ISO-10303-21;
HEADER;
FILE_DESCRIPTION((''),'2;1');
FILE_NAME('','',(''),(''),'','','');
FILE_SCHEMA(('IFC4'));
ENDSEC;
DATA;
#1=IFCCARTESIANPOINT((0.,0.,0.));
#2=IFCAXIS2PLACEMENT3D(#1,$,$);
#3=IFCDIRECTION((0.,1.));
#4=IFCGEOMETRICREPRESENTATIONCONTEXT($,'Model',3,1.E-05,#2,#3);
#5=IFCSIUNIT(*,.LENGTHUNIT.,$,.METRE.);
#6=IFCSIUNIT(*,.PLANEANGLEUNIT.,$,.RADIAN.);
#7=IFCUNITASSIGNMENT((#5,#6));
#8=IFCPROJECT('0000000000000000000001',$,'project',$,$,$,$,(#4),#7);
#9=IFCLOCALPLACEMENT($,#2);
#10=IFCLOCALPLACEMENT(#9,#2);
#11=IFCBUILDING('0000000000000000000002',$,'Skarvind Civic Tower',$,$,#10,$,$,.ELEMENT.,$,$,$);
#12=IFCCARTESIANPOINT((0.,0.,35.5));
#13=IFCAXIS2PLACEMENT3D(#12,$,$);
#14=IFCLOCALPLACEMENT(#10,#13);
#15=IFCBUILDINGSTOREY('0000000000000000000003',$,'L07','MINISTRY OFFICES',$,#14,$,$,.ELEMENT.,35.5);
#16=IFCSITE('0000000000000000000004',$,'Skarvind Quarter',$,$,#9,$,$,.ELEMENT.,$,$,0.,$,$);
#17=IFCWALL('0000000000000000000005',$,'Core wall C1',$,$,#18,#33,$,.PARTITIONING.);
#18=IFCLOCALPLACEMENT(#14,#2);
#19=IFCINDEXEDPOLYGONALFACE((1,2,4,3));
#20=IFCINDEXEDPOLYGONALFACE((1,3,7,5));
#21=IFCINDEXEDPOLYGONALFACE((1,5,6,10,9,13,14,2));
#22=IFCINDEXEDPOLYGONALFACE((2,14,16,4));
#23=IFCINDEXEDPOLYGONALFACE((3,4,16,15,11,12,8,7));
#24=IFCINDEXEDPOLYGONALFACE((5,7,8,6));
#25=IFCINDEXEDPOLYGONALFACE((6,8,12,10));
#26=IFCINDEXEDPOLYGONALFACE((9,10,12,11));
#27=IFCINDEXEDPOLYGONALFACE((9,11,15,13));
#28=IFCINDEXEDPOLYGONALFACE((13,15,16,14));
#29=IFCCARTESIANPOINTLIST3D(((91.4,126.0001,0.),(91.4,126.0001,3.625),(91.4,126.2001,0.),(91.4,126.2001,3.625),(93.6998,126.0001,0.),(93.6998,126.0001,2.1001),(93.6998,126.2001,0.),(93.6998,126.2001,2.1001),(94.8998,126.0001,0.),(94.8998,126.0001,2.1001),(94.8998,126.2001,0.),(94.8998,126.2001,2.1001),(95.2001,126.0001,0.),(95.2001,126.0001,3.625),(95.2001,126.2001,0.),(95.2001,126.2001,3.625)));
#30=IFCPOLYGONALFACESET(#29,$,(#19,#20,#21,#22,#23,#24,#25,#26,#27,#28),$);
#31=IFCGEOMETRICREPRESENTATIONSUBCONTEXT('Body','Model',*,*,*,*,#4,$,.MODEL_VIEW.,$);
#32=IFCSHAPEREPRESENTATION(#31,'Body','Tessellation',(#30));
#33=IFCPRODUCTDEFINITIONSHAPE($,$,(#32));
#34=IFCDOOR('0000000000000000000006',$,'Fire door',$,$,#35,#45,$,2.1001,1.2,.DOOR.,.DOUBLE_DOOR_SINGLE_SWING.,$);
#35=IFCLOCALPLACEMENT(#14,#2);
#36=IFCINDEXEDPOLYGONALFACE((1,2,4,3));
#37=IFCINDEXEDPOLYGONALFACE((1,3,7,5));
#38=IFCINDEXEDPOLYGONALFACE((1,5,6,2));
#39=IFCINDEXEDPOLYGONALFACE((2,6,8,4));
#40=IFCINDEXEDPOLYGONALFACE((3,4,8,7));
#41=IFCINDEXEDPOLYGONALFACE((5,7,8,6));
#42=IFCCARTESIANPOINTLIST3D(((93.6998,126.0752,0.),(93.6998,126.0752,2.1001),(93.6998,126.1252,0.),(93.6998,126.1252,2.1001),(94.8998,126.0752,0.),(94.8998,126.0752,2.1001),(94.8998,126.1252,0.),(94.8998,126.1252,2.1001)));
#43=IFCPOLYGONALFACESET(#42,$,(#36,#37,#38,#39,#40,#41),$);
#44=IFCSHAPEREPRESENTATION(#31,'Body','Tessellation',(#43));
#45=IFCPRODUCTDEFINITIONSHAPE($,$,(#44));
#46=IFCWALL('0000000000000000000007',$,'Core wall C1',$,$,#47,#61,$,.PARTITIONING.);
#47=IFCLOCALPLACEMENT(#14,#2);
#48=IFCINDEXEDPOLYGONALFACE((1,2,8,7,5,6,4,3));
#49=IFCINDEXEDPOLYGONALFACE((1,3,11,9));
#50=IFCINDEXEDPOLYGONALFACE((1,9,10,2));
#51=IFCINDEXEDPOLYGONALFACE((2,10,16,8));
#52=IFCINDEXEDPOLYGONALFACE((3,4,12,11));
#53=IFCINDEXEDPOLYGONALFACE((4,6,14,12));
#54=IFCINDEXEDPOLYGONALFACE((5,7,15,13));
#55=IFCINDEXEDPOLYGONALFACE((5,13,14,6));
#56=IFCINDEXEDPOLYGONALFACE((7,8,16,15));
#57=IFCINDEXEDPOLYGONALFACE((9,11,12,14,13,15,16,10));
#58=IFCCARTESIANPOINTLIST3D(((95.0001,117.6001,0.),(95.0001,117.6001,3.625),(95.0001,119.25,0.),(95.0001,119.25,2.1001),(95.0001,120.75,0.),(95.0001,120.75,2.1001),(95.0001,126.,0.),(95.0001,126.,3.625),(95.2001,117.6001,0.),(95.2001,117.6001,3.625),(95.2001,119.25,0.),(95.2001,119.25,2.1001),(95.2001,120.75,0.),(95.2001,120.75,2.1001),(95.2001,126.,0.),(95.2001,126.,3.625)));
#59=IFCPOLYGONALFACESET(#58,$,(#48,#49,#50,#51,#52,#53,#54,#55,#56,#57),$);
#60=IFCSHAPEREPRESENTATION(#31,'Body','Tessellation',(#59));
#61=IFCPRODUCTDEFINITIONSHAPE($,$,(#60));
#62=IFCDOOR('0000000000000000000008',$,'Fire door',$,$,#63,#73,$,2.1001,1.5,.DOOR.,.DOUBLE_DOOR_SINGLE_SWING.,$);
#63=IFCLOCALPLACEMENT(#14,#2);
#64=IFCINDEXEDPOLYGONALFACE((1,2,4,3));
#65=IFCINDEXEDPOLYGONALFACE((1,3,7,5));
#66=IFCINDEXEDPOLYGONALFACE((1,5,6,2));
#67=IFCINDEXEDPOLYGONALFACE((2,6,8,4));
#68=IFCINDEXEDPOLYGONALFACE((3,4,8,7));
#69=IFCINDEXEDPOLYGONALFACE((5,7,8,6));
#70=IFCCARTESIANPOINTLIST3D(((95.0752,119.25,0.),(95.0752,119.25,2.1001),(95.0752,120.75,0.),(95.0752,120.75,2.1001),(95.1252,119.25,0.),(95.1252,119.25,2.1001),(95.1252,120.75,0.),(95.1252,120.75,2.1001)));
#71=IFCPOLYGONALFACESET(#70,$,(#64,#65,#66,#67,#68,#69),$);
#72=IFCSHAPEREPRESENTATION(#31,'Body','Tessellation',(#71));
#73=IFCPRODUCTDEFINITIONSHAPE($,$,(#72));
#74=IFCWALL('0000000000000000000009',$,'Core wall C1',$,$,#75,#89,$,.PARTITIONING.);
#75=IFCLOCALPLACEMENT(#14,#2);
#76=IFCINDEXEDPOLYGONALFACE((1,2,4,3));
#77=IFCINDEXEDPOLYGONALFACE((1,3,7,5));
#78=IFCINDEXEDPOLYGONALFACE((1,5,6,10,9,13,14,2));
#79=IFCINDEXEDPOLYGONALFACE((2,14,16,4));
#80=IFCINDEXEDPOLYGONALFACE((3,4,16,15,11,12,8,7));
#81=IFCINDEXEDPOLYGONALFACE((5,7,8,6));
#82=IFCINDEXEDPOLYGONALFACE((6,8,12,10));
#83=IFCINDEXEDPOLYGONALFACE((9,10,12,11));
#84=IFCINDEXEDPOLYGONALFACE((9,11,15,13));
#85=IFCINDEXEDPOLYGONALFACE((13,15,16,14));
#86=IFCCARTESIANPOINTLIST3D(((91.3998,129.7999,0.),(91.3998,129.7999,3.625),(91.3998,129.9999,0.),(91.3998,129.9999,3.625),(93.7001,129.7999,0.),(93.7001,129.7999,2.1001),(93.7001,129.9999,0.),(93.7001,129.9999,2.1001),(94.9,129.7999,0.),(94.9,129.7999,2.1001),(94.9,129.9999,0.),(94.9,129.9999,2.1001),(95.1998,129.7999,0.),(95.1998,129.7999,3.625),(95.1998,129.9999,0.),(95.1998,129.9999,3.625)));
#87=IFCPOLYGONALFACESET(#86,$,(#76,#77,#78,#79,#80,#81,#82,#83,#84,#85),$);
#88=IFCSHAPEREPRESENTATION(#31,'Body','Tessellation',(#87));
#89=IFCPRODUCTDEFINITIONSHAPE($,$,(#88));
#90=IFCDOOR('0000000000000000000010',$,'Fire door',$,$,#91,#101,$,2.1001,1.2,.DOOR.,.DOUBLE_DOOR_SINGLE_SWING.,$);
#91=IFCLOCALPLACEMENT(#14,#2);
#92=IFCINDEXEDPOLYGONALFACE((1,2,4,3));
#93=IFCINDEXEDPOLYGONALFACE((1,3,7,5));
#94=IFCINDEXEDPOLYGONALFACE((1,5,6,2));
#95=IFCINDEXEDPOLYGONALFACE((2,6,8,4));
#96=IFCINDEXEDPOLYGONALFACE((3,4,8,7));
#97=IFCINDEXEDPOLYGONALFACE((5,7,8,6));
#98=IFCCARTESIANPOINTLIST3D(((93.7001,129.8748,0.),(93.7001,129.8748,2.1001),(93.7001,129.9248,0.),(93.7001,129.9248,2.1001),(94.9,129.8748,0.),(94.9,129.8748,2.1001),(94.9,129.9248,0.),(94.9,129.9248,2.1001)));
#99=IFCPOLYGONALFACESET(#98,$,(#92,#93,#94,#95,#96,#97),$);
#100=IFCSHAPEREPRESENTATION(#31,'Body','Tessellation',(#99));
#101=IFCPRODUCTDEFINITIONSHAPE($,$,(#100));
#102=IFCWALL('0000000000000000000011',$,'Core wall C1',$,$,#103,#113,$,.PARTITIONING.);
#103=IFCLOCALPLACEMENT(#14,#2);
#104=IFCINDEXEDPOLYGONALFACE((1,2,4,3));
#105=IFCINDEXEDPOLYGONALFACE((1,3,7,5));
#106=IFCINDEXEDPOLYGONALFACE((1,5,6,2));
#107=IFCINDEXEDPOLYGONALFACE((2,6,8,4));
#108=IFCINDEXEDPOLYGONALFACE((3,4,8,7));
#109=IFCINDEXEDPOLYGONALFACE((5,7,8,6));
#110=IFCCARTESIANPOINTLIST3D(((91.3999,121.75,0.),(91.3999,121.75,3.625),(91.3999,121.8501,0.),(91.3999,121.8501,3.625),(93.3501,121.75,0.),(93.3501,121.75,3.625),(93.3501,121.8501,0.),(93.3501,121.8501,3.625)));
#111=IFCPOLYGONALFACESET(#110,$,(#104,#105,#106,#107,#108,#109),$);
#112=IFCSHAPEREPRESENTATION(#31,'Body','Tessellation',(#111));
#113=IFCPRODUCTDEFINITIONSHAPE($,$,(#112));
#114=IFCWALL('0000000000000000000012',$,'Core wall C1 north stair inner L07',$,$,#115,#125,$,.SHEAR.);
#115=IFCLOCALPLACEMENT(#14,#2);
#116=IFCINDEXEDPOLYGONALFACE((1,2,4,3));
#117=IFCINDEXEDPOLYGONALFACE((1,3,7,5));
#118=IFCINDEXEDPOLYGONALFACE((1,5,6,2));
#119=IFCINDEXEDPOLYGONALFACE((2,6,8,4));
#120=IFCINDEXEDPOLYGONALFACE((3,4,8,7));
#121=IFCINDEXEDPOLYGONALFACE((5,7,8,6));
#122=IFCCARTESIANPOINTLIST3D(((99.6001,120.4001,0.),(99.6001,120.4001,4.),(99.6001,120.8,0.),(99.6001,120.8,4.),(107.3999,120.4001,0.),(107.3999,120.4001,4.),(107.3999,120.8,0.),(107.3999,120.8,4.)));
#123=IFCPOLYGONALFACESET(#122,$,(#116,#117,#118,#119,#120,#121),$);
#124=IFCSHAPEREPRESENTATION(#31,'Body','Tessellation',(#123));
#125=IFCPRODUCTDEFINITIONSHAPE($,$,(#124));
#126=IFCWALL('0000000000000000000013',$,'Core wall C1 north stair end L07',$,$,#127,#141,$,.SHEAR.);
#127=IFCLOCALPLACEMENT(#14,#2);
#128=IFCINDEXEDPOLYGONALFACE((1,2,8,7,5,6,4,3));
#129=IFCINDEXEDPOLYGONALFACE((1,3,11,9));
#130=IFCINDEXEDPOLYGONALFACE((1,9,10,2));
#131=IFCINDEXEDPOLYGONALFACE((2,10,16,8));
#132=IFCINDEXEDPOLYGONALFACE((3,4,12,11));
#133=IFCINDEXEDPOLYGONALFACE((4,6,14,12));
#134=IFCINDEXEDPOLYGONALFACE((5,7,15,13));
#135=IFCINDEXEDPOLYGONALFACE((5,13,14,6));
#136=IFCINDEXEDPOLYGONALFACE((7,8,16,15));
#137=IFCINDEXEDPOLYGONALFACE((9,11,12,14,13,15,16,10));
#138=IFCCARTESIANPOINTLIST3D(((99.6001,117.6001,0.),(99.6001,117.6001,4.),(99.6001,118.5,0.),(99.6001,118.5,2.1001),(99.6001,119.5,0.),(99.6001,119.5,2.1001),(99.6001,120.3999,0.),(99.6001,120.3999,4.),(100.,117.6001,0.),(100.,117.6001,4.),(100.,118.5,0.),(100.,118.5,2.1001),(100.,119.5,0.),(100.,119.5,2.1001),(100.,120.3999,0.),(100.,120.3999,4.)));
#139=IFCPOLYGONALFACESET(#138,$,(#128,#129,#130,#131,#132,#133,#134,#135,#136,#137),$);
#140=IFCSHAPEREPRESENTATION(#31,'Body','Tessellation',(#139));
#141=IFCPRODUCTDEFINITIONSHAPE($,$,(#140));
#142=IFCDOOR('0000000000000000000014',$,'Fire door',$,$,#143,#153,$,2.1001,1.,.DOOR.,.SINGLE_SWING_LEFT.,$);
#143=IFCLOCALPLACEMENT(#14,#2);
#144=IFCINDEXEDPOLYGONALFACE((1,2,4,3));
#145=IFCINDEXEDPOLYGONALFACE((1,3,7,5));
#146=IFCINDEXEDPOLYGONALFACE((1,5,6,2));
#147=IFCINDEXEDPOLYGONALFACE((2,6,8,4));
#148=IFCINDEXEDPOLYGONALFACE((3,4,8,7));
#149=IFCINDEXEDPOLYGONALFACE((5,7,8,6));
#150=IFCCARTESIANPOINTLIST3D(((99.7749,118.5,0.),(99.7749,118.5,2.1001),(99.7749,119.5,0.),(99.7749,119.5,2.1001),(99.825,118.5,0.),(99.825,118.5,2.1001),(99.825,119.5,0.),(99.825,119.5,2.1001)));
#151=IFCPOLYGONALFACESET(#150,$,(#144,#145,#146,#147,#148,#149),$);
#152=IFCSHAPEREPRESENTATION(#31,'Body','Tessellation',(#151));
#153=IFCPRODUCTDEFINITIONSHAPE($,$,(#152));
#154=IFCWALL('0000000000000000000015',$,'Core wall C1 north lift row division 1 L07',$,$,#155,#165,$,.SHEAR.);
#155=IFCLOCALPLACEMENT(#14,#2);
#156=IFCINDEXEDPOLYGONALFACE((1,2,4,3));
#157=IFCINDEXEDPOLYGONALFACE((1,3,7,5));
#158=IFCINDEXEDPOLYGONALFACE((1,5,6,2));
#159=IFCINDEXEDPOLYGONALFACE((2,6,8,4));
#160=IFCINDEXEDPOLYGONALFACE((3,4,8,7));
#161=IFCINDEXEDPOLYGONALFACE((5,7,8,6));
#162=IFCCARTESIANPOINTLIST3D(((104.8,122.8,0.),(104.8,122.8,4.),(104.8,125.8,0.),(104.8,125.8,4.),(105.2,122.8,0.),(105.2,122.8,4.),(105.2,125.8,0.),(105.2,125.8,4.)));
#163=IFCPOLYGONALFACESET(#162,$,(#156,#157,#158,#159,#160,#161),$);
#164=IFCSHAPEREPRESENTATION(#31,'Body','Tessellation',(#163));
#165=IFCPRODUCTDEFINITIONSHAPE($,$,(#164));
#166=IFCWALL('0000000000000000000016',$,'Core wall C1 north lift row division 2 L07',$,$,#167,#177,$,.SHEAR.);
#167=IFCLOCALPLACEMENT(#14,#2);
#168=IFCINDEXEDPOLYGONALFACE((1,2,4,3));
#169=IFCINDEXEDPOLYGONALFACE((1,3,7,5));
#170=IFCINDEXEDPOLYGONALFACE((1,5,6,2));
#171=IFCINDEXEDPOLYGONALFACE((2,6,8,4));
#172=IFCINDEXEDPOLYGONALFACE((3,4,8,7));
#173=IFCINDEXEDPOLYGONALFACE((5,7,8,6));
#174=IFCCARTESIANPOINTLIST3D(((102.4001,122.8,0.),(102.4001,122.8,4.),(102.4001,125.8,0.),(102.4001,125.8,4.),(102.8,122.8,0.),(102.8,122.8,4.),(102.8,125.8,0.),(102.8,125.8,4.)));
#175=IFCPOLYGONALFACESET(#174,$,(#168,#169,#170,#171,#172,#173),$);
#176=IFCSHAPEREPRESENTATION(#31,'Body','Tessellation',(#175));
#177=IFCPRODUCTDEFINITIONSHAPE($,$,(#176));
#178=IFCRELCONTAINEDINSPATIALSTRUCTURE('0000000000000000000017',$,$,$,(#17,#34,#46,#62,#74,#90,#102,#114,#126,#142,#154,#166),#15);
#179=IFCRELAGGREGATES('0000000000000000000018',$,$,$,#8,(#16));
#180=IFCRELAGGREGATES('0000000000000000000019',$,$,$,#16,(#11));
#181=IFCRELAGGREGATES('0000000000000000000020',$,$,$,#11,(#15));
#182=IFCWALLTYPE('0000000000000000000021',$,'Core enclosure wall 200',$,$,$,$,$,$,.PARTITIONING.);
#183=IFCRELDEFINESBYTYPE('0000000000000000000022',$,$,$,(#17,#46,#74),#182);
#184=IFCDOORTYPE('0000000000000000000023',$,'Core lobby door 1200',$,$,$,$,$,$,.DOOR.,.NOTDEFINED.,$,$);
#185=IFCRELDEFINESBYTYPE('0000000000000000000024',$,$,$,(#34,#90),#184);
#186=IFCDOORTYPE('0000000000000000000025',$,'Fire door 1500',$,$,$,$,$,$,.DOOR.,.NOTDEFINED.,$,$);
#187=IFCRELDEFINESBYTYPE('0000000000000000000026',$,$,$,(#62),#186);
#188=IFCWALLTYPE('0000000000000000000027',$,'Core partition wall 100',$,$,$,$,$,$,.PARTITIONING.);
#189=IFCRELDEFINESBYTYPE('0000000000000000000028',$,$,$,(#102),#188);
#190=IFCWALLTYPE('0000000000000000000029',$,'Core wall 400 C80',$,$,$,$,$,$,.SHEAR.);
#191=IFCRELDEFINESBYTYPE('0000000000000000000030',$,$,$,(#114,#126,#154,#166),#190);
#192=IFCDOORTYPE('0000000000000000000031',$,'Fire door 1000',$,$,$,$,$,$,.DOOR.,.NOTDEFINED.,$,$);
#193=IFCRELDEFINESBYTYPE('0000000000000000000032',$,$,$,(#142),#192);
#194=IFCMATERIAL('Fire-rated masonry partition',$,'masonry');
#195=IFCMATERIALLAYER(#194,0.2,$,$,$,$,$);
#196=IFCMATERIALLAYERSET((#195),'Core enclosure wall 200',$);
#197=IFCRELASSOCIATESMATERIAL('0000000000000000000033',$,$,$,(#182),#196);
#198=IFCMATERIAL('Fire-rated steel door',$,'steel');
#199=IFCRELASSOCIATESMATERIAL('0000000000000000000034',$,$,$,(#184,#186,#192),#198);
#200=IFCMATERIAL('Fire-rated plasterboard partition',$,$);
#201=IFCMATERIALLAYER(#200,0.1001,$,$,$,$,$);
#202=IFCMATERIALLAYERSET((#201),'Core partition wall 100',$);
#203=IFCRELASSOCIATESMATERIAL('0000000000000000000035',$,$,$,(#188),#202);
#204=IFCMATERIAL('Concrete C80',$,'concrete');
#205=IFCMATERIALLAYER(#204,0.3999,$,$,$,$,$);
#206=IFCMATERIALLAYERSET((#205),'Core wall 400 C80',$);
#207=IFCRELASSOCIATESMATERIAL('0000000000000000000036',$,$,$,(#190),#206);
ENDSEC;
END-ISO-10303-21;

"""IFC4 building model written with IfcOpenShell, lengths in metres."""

from ifc_helpers import new_model, si_unit, direction, frame, frame_2d, origin, place, context, subcontext, project, spatial, rectangle, extrude, material, layer, layer_set, type_object, element, fill, save


model = new_model("IFC4")

# Units and contexts
model_context = context("Model", 3, precision=1e-05, world=origin(), true_north=direction((0.0, 1.0)))
body_context = subcontext(model_context, "Body", "Model", "MODEL_VIEW")
ifc_project = project(units=[si_unit("LENGTHUNIT", "METRE"), si_unit("PLANEANGLEUNIT", "RADIAN")], contexts=[model_context])

# Site, building, storey
site_placement = place(None, origin())
site = spatial("IfcSite", under=ifc_project, at=site_placement, Name="Skarvind Quarter", CompositionType="ELEMENT", RefElevation=0.0)
building_placement = place(site_placement, origin())
building = spatial("IfcBuilding", under=site, at=building_placement, Name="Skarvind Civic Tower", CompositionType="ELEMENT")
storey_placement = place(building_placement, frame((0.0, 0.0, 35.5)))
storey = spatial("IfcBuildingStorey", under=building, at=storey_placement, Name="L07", Description="MINISTRY OFFICES", CompositionType="ELEMENT", Elevation=35.5)

# Walls, openings, doors
ifc_material_1 = material(Name="Fire-rated masonry partition", Category="masonry")
ifc_layer_1 = layer(ifc_material_1, 0.2)
ifc_layer_set_1 = layer_set([ifc_layer_1], Name="Core enclosure wall 200")
wall_type_1 = type_object("IfcWallType", Name="Core enclosure wall 200", PredefinedType="PARTITIONING", material=ifc_layer_set_1)
wall_1_placement = place(storey_placement, frame((95.2, 126.1001, 0.0), z_axis=(0.0, 0.0, 1.0), x_axis=(-1.0, 0.0, 0.0)))
wall_1 = element("IfcWall", 1, at=wall_1_placement, inside=storey, type_object=wall_type_1, Name="Core wall C1", PredefinedType="PARTITIONING", context=body_context, shape_type="SweptSolid", body=[
    extrude(rectangle(XDim=3.8, YDim=0.2, at=frame_2d((1.8999, 0.0))), origin(), (0.0, 0.0, 1.0), 3.625),
])
opening_1_placement = place(wall_1_placement, frame((0.3, 0.0, 0.0)))
opening_1 = element("IfcOpeningElement", 2, at=opening_1_placement, cuts=wall_1, PredefinedType="OPENING", context=body_context, shape_type="SweptSolid", body=[
    extrude(rectangle(XDim=1.2, YDim=2.1001, at=frame_2d((0.6001, 1.05))), frame((0.0, 0.1099, 0.0), z_axis=(0.0, -1.0, 0.0), x_axis=(1.0, 0.0, 0.0)), (0.0, 0.0, 1.0), 0.22),
])
ifc_material_2 = material(Name="Fire-rated steel door", Category="steel")
door_type_1 = type_object("IfcDoorType", Name="Core lobby door 1200", OperationType="NOTDEFINED", PredefinedType="DOOR", material=ifc_material_2)
door_1_placement = place(opening_1_placement, origin())
door_1 = element("IfcDoor", 3, at=door_1_placement, inside=storey, type_object=door_type_1, Name="Fire door", OperationType="DOUBLE_DOOR_SINGLE_SWING", OverallHeight=2.1001, OverallWidth=1.2, PredefinedType="DOOR", context=body_context, shape_type="SweptSolid", body=[
    extrude(rectangle(XDim=1.2, YDim=2.1001, at=frame_2d((0.6001, 1.05))), frame((0.0, 0.0249, 0.0), z_axis=(0.0, -1.0, 0.0), x_axis=(1.0, 0.0, 0.0)), (0.0, 0.0, 1.0), 0.05),
])
fill(opening_1, door_1)
wall_2_placement = place(storey_placement, frame((95.1001, 117.6001, 0.0), z_axis=(0.0, 0.0, 1.0), x_axis=(0.0, 1.0, 0.0)))
wall_2 = element("IfcWall", 4, at=wall_2_placement, inside=storey, type_object=wall_type_1, Name="Core wall C1", PredefinedType="PARTITIONING", context=body_context, shape_type="SweptSolid", body=[
    extrude(rectangle(XDim=8.3999, YDim=0.2, at=frame_2d((4.2, 0.0))), origin(), (0.0, 0.0, 1.0), 3.625),
])
opening_2_placement = place(wall_2_placement, frame((1.6499, 0.0, 0.0)))
opening_2 = element("IfcOpeningElement", 5, at=opening_2_placement, cuts=wall_2, PredefinedType="OPENING", context=body_context, shape_type="SweptSolid", body=[
    extrude(rectangle(XDim=1.5, YDim=2.1001, at=frame_2d((0.75, 1.05))), frame((0.0, 0.1099, 0.0), z_axis=(0.0, -1.0, 0.0), x_axis=(1.0, 0.0, 0.0)), (0.0, 0.0, 1.0), 0.22),
])
door_type_2 = type_object("IfcDoorType", Name="Fire door 1500", OperationType="NOTDEFINED", PredefinedType="DOOR", material=ifc_material_2)
door_2_placement = place(opening_2_placement, origin())
door_2 = element("IfcDoor", 6, at=door_2_placement, inside=storey, type_object=door_type_2, Name="Fire door", OperationType="DOUBLE_DOOR_SINGLE_SWING", OverallHeight=2.1001, OverallWidth=1.5, PredefinedType="DOOR", context=body_context, shape_type="SweptSolid", body=[
    extrude(rectangle(XDim=1.5, YDim=2.1001, at=frame_2d((0.75, 1.05))), frame((0.0, 0.0249, 0.0), z_axis=(0.0, -1.0, 0.0), x_axis=(1.0, 0.0, 0.0)), (0.0, 0.0, 1.0), 0.05),
])
fill(opening_2, door_2)
wall_3_placement = place(storey_placement, frame((91.3999, 129.8999, 0.0), z_axis=(0.0, 0.0, 1.0), x_axis=(1.0, 0.0, 0.0)))
wall_3 = element("IfcWall", 7, at=wall_3_placement, inside=storey, type_object=wall_type_1, Name="Core wall C1", PredefinedType="PARTITIONING", context=body_context, shape_type="SweptSolid", body=[
    extrude(rectangle(XDim=3.8, YDim=0.2, at=frame_2d((1.8999, 0.0))), origin(), (0.0, 0.0, 1.0), 3.625),
])
opening_3_placement = place(wall_3_placement, frame((2.3, 0.0, 0.0)))
opening_3 = element("IfcOpeningElement", 8, at=opening_3_placement, cuts=wall_3, PredefinedType="OPENING", context=body_context, shape_type="SweptSolid", body=[
    extrude(rectangle(XDim=1.2, YDim=2.1001, at=frame_2d((0.6001, 1.05))), frame((0.0, 0.1099, 0.0), z_axis=(0.0, -1.0, 0.0), x_axis=(1.0, 0.0, 0.0)), (0.0, 0.0, 1.0), 0.22),
])
door_3_placement = place(opening_3_placement, origin())
door_3 = element("IfcDoor", 9, at=door_3_placement, inside=storey, type_object=door_type_1, Name="Fire door", OperationType="DOUBLE_DOOR_SINGLE_SWING", OverallHeight=2.1001, OverallWidth=1.2, PredefinedType="DOOR", context=body_context, shape_type="SweptSolid", body=[
    extrude(rectangle(XDim=1.2, YDim=2.1001, at=frame_2d((0.6001, 1.05))), frame((0.0, 0.0249, 0.0), z_axis=(0.0, -1.0, 0.0), x_axis=(1.0, 0.0, 0.0)), (0.0, 0.0, 1.0), 0.05),
])
fill(opening_3, door_3)

# Walls
ifc_material_3 = material(Name="Fire-rated plasterboard partition")
ifc_layer_2 = layer(ifc_material_3, 0.1001)
ifc_layer_set_2 = layer_set([ifc_layer_2], Name="Core partition wall 100")
wall_type_2 = type_object("IfcWallType", Name="Core partition wall 100", PredefinedType="PARTITIONING", material=ifc_layer_set_2)
wall_4_placement = place(storey_placement, frame((93.3501, 121.8, 0.0), z_axis=(0.0, 0.0, 1.0), x_axis=(-1.0, 0.0, 0.0)))
element("IfcWall", 10, at=wall_4_placement, inside=storey, type_object=wall_type_2, Name="Core wall C1", PredefinedType="PARTITIONING", context=body_context, shape_type="SweptSolid", body=[
    extrude(rectangle(XDim=1.9502, YDim=0.1001, at=frame_2d((0.9751, 0.0))), origin(), (0.0, 0.0, 1.0), 3.625),
])
ifc_material_4 = material(Name="Concrete C80", Category="concrete")
ifc_layer_3 = layer(ifc_material_4, 0.3999)
ifc_layer_set_3 = layer_set([ifc_layer_3], Name="Core wall 400 C80")
wall_type_3 = type_object("IfcWallType", Name="Core wall 400 C80", PredefinedType="SHEAR", material=ifc_layer_set_3)
wall_5_placement = place(storey_placement, frame((107.3999, 120.6001, 0.0), z_axis=(0.0, 0.0, 1.0), x_axis=(-1.0, 0.0, 0.0)))
element("IfcWall", 11, at=wall_5_placement, inside=storey, type_object=wall_type_3, Name="Core wall C1 north stair inner L07", PredefinedType="SHEAR", context=body_context, shape_type="SweptSolid", body=[
    extrude(rectangle(XDim=7.7998, YDim=0.3999, at=frame_2d((3.8999, 0.0))), origin(), (0.0, 0.0, 1.0), 4.0),
])

# Wall, opening, door
wall_6_placement = place(storey_placement, frame((99.8, 120.3999, 0.0), z_axis=(0.0, 0.0, 1.0), x_axis=(0.0, -1.0, 0.0)))
wall_6 = element("IfcWall", 12, at=wall_6_placement, inside=storey, type_object=wall_type_3, Name="Core wall C1 north stair end L07", PredefinedType="SHEAR", context=body_context, shape_type="SweptSolid", body=[
    extrude(rectangle(XDim=2.7998, YDim=0.3999, at=frame_2d((1.3999, 0.0))), origin(), (0.0, 0.0, 1.0), 4.0),
])
opening_4_placement = place(wall_6_placement, frame((0.8999, 0.0, 0.0)))
opening_4 = element("IfcOpeningElement", 13, at=opening_4_placement, cuts=wall_6, PredefinedType="OPENING", context=body_context, shape_type="SweptSolid", body=[
    extrude(rectangle(XDim=1.0, YDim=2.1001, at=frame_2d((0.5, 1.05))), frame((0.0, 0.21, 0.0), z_axis=(0.0, -1.0, 0.0), x_axis=(1.0, 0.0, 0.0)), (0.0, 0.0, 1.0), 0.4199),
])
door_type_3 = type_object("IfcDoorType", Name="Fire door 1000", OperationType="NOTDEFINED", PredefinedType="DOOR", material=ifc_material_2)
door_4_placement = place(opening_4_placement, origin())
door_4 = element("IfcDoor", 14, at=door_4_placement, inside=storey, type_object=door_type_3, Name="Fire door", OperationType="SINGLE_SWING_LEFT", OverallHeight=2.1001, OverallWidth=1.0, PredefinedType="DOOR", context=body_context, shape_type="SweptSolid", body=[
    extrude(rectangle(XDim=1.0, YDim=2.1001, at=frame_2d((0.5, 1.05))), frame((0.0, 0.0249, 0.0), z_axis=(0.0, -1.0, 0.0), x_axis=(1.0, 0.0, 0.0)), (0.0, 0.0, 1.0), 0.05),
])
fill(opening_4, door_4)

# Walls
for number, where, z_axis, x_axis, name in (
    (15, (105.0, 125.8, 0.0), (0.0, 0.0, 1.0), (0.0, -1.0, 0.0), "Core wall C1 north lift row division 1 L07"),
    (16, (102.6001, 125.8, 0.0), (0.0, 0.0, 1.0), (0.0, -1.0, 0.0), "Core wall C1 north lift row division 2 L07"),
):
    element("IfcWall", number, at=place(storey_placement, frame(where, z_axis=z_axis, x_axis=x_axis)), inside=storey, type_object=wall_type_3, Name=name, PredefinedType="SHEAR", context=body_context, shape_type="SweptSolid", body=[
        extrude(rectangle(XDim=3.0, YDim=0.3999, at=frame_2d((1.5, 0.0))), origin(), (0.0, 0.0, 1.0), 4.0),
    ])

save(model, "model.ifc")
